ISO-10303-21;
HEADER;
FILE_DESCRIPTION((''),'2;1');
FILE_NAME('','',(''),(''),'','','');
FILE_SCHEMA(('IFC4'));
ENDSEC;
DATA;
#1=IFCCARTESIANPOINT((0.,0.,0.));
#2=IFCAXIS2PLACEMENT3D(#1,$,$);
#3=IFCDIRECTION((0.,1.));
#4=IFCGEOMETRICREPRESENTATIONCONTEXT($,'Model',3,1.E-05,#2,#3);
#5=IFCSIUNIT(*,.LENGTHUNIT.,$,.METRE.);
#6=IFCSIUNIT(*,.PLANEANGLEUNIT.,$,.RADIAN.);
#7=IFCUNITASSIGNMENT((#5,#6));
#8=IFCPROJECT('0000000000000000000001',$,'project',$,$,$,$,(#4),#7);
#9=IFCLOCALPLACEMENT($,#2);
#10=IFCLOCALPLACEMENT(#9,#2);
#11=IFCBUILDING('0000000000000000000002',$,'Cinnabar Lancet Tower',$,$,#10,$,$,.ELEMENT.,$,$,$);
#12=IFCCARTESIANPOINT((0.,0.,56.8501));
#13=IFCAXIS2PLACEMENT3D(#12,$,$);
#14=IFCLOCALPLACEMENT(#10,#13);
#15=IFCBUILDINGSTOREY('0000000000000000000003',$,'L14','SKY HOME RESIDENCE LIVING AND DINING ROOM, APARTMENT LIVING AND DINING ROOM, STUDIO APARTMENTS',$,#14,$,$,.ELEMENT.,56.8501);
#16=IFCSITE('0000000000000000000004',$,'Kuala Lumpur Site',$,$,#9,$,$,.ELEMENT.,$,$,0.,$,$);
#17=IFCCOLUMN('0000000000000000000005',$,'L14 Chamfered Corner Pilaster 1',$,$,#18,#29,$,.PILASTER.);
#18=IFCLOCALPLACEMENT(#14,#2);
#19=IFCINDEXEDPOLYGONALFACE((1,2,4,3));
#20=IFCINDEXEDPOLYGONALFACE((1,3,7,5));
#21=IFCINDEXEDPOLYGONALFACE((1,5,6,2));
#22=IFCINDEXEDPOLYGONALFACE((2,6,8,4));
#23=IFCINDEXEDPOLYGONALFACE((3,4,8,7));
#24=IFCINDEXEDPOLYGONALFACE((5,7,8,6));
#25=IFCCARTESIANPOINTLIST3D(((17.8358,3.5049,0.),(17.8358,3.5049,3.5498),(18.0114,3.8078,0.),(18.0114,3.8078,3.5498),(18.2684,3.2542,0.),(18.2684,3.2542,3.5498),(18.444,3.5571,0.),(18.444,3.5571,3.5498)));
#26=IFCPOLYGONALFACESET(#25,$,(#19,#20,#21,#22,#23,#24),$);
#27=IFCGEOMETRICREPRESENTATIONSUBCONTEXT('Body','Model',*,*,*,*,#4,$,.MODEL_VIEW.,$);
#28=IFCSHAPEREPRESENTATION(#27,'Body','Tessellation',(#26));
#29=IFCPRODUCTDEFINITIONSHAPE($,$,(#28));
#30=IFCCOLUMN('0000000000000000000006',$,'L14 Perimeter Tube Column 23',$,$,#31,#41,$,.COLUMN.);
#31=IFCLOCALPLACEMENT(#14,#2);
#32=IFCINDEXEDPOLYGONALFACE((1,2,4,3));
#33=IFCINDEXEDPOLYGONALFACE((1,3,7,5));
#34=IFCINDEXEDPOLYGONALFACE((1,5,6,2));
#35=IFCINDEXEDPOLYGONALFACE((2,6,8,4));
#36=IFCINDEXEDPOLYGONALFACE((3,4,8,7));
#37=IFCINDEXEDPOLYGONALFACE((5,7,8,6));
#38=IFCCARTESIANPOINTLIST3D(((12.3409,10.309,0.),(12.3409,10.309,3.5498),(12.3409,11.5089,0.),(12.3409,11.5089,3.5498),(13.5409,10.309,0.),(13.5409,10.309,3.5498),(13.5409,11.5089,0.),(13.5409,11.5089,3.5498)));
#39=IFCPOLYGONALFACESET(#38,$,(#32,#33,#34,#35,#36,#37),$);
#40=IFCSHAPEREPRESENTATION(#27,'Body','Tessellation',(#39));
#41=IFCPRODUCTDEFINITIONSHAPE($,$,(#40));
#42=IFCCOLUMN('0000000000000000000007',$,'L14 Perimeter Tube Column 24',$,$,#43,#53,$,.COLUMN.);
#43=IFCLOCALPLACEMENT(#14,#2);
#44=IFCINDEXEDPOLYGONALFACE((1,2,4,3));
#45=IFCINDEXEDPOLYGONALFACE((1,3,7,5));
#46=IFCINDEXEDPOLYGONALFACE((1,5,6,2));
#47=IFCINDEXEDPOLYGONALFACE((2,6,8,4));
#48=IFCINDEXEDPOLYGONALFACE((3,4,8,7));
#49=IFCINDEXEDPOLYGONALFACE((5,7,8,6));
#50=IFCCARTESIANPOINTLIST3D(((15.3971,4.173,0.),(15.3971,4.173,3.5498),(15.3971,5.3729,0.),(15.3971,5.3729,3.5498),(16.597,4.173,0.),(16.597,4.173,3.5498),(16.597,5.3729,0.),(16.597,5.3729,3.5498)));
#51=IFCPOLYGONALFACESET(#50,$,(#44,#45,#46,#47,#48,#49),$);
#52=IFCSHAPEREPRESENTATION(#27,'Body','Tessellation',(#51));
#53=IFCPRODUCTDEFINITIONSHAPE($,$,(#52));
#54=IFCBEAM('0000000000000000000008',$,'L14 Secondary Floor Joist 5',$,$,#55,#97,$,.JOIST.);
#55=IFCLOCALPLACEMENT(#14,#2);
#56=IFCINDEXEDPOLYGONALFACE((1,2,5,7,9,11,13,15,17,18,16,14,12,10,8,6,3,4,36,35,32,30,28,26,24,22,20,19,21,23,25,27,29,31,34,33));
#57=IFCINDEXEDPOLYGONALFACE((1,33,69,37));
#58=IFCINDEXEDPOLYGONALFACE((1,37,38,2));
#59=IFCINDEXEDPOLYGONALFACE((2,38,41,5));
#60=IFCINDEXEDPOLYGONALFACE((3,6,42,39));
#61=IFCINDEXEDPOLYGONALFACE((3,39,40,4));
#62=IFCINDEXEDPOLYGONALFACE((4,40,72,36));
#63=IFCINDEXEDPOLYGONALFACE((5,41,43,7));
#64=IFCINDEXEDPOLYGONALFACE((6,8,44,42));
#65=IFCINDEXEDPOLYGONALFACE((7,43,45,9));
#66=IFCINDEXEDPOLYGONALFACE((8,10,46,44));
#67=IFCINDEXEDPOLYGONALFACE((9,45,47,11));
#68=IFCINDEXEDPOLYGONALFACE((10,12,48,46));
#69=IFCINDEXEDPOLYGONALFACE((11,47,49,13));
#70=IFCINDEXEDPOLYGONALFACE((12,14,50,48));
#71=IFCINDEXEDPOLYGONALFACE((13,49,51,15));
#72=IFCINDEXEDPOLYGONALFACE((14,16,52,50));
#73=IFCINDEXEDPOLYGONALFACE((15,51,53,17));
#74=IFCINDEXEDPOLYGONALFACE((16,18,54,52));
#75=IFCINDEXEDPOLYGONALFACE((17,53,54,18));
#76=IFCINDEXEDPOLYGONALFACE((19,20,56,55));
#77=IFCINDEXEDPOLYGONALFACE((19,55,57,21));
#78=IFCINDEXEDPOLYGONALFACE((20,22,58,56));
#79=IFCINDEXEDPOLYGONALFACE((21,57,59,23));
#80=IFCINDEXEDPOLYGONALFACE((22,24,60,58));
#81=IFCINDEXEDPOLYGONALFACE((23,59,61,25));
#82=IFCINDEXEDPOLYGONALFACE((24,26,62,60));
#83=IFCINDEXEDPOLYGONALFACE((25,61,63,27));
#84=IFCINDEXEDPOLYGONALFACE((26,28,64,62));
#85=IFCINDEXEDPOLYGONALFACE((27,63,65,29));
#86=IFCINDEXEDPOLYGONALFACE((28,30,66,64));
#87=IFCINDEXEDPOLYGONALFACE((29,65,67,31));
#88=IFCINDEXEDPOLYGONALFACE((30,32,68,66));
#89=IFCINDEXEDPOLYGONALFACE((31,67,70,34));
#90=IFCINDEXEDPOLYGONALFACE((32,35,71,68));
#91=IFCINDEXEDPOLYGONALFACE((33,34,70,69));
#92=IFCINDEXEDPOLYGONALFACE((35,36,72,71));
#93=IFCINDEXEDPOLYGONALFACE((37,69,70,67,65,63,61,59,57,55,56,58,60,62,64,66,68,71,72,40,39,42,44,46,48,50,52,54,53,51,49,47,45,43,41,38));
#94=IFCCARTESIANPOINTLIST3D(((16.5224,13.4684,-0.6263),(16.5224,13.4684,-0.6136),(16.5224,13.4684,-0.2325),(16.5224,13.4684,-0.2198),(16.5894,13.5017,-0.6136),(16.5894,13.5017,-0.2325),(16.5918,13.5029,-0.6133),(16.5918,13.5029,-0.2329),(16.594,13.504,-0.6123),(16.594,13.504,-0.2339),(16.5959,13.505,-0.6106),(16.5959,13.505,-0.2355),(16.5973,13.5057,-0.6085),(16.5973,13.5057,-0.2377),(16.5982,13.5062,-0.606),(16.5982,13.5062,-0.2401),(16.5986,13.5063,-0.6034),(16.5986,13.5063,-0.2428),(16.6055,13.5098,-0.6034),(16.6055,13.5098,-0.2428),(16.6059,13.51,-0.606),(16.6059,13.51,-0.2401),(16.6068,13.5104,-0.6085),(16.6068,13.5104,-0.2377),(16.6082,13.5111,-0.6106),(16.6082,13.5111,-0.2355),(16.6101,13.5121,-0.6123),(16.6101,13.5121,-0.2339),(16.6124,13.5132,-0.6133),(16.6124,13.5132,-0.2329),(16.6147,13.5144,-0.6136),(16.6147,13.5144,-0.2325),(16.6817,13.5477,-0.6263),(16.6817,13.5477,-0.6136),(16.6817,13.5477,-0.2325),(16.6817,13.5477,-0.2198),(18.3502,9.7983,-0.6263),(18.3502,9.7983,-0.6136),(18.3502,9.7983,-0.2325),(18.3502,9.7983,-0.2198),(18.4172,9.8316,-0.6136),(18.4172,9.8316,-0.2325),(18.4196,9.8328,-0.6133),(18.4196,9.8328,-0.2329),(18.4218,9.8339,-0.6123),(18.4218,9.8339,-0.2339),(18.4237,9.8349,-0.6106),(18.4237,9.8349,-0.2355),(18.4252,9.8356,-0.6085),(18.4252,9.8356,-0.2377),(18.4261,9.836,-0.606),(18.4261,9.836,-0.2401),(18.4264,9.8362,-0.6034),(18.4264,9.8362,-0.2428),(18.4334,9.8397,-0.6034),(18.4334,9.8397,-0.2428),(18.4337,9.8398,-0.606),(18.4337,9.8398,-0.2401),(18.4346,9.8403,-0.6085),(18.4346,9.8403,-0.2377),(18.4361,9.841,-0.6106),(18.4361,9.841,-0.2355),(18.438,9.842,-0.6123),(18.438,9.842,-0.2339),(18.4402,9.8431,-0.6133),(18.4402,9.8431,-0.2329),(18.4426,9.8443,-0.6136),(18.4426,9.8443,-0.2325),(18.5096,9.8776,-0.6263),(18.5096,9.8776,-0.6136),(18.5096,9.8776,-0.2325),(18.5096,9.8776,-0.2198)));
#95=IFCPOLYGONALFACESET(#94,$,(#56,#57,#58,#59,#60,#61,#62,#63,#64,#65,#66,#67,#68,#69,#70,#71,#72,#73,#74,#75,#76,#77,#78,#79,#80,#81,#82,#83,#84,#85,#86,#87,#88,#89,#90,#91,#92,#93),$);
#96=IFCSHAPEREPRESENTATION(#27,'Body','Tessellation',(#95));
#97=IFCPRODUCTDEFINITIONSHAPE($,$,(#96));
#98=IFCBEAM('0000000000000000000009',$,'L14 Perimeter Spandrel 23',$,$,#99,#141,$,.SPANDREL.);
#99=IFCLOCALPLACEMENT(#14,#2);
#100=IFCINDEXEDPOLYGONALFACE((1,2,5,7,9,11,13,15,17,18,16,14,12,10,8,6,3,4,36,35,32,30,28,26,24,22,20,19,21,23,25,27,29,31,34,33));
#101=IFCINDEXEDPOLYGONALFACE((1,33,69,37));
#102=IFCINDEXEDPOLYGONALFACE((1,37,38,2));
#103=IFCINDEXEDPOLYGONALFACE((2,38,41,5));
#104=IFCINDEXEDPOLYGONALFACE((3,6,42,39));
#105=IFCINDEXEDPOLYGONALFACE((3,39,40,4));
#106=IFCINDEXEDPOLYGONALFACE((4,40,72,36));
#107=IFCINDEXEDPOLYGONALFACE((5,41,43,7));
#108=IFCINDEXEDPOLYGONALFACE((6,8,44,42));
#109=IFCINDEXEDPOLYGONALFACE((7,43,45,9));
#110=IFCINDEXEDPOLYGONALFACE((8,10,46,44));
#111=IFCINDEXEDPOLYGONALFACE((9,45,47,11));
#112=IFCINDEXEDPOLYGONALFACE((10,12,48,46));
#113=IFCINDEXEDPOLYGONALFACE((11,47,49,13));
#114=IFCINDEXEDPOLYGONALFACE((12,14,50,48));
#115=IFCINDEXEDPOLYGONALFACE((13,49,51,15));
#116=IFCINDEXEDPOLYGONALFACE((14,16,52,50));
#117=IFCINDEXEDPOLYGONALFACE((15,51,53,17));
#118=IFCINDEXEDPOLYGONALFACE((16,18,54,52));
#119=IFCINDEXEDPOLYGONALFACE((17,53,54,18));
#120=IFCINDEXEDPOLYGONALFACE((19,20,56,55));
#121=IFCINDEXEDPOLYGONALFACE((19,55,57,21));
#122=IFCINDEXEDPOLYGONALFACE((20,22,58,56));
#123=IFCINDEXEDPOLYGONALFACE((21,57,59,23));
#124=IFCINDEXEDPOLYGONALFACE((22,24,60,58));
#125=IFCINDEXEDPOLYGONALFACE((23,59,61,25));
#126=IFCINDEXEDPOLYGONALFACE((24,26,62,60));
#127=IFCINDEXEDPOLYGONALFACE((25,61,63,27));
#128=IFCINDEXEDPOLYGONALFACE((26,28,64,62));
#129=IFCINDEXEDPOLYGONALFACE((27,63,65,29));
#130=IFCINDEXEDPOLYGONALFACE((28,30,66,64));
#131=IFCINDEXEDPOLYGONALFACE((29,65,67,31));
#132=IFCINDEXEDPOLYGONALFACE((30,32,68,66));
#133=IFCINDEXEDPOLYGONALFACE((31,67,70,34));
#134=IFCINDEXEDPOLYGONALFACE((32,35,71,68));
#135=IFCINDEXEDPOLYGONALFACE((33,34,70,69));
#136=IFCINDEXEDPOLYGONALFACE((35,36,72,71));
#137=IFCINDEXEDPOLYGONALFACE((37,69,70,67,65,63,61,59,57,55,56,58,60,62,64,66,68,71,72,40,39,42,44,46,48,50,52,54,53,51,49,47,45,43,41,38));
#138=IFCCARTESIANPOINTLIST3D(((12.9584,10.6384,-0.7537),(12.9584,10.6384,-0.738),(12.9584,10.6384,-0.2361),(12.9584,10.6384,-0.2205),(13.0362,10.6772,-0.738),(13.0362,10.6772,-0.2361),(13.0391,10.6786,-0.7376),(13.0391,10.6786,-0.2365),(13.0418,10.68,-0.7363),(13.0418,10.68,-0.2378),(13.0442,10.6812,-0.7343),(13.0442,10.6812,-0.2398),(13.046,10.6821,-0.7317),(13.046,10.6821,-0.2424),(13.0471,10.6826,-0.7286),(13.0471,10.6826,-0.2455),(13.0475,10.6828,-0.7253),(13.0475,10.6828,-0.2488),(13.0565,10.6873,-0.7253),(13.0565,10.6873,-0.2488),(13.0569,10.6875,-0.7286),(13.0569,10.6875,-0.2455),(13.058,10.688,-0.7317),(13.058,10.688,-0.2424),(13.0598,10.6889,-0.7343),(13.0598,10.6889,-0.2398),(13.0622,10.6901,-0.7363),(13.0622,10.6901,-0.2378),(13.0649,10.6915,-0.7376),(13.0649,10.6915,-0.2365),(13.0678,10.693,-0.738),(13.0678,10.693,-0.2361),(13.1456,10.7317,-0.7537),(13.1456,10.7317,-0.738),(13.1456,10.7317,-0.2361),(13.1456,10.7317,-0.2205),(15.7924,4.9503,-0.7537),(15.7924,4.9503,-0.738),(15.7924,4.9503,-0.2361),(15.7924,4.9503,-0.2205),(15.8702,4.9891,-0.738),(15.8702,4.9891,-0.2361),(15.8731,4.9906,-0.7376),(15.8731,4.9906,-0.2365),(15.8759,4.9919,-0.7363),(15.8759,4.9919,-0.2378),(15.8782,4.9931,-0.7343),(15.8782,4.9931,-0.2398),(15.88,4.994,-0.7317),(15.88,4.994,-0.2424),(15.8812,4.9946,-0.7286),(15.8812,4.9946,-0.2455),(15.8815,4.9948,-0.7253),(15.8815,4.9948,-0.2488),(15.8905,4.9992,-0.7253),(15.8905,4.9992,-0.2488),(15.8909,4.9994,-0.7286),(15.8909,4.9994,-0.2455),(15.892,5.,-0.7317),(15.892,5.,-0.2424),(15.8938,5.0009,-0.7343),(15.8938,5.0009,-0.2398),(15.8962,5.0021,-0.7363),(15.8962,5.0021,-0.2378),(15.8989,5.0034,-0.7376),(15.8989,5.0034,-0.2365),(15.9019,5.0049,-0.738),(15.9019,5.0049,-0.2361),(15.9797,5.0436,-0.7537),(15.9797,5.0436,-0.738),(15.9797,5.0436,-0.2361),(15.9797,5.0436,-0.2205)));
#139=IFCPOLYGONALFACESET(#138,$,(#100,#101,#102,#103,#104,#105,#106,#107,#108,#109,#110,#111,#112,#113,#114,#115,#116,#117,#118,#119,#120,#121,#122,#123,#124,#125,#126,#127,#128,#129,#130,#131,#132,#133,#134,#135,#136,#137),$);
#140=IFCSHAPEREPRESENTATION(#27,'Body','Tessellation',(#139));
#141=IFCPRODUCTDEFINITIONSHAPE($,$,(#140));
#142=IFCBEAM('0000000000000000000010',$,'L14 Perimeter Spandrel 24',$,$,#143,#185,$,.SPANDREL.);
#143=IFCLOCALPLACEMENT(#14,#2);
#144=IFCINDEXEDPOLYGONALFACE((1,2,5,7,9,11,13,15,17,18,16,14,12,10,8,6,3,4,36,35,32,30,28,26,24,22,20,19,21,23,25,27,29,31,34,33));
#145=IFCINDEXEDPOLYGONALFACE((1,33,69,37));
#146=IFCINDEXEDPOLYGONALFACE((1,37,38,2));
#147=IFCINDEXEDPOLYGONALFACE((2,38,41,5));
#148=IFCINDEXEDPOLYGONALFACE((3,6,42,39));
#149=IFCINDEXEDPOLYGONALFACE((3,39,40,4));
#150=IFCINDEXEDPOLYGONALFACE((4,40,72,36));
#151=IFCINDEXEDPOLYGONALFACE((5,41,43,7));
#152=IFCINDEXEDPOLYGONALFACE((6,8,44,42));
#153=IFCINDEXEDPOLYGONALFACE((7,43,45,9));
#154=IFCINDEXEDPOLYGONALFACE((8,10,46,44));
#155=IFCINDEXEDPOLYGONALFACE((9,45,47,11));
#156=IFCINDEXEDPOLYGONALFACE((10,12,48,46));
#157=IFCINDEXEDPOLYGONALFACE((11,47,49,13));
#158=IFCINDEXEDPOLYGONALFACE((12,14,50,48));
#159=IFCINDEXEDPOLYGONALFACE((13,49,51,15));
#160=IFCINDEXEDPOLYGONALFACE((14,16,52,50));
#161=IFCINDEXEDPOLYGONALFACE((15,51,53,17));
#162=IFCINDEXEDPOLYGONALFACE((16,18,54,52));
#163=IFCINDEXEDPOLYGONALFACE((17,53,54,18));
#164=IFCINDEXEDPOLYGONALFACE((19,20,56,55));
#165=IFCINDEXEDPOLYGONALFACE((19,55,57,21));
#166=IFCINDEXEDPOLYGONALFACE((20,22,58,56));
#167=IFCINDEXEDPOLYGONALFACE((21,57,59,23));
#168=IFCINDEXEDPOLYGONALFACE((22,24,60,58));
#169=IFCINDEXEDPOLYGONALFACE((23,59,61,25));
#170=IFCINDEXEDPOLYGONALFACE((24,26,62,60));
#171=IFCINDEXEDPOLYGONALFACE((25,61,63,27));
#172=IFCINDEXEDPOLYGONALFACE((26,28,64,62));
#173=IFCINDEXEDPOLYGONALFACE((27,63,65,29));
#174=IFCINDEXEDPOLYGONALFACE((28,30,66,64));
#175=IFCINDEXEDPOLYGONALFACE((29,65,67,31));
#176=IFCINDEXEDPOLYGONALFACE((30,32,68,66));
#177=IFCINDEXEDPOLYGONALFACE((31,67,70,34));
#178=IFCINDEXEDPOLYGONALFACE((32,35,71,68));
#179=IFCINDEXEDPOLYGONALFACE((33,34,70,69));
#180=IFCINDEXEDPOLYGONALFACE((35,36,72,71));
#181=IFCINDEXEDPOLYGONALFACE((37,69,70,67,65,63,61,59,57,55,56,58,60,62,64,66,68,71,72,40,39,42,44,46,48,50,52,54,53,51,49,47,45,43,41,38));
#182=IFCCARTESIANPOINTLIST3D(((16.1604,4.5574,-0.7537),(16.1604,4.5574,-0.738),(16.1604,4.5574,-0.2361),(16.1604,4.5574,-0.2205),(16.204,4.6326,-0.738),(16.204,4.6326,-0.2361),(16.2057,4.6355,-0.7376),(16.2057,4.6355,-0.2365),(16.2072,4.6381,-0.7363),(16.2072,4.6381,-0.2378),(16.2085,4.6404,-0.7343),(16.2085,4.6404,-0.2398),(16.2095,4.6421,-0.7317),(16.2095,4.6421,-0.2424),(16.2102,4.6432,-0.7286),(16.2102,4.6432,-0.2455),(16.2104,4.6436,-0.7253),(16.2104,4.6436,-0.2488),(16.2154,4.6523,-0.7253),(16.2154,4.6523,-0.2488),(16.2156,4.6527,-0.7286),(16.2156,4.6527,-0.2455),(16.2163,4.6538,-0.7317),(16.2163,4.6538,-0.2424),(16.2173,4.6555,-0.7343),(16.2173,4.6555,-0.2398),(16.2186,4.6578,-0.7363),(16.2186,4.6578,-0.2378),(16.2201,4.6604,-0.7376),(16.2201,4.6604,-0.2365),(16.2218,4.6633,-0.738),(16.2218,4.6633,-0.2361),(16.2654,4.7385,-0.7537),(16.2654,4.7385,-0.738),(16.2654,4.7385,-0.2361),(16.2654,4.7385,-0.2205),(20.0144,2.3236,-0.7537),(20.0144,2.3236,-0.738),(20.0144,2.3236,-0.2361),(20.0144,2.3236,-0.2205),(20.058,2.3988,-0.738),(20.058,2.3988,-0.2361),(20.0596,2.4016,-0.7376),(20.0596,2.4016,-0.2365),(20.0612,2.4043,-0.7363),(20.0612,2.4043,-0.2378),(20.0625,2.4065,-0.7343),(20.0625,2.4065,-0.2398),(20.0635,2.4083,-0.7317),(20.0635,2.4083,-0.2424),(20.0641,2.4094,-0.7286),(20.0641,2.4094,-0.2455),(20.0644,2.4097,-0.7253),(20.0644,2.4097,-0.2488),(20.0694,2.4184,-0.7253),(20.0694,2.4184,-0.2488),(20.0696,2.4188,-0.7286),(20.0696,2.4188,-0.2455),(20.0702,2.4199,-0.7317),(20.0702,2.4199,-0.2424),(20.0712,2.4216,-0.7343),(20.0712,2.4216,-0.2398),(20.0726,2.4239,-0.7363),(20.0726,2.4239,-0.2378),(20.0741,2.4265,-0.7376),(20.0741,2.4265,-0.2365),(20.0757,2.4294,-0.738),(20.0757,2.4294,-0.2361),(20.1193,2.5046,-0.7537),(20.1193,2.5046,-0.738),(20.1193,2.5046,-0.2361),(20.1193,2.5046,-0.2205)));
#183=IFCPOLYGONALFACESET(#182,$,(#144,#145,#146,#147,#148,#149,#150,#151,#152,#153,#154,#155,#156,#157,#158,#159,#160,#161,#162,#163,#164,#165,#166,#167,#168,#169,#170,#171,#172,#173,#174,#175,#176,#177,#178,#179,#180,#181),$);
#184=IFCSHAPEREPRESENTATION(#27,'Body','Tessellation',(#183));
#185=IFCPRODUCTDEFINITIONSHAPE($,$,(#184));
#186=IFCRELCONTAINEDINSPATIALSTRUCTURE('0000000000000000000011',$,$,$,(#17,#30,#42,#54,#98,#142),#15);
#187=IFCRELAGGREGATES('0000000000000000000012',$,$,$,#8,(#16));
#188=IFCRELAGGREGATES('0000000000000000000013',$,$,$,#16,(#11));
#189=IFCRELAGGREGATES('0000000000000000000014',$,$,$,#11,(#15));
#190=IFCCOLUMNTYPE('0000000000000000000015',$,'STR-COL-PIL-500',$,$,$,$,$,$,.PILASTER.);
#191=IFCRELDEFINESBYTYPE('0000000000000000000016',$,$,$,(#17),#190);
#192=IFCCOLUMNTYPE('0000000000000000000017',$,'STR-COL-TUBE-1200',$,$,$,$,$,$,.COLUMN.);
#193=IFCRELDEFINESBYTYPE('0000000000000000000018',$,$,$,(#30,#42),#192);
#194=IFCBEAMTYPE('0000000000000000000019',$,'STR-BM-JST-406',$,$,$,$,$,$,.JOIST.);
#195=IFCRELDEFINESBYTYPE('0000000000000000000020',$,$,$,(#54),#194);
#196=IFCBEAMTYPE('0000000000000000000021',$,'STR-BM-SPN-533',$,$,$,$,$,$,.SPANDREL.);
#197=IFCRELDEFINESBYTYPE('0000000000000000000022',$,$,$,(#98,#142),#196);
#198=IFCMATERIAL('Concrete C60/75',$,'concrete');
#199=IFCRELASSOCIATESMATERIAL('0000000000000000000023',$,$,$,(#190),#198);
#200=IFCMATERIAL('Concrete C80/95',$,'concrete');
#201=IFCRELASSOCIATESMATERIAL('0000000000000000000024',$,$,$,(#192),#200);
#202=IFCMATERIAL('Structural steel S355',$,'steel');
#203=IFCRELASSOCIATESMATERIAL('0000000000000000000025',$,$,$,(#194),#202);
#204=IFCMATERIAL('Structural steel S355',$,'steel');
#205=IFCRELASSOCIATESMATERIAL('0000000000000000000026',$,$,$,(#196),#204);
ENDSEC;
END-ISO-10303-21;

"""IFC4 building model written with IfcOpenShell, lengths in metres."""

from ifc_helpers import new_model, si_unit, direction, frame, origin, origin_2d, place, context, subcontext, project, spatial, rectangle, i_section, extrude, material, material_profile, profile_set, type_object, element, save


model = new_model("IFC4")

# Units and contexts
model_context = context("Model", 3, precision=1e-05, world=origin(), true_north=direction((0.0, 1.0)))
body_context = subcontext(model_context, "Body", "Model", "MODEL_VIEW")
ifc_project = project(units=[si_unit("LENGTHUNIT", "METRE"), si_unit("PLANEANGLEUNIT", "RADIAN")], contexts=[model_context])

# Site, building, storey
site_placement = place(None, origin())
site = spatial("IfcSite", under=ifc_project, at=site_placement, Name="Kuala Lumpur Site", CompositionType="ELEMENT", RefElevation=0.0)
building_placement = place(site_placement, origin())
building = spatial("IfcBuilding", under=site, at=building_placement, Name="Cinnabar Lancet Tower", CompositionType="ELEMENT")
storey_placement = place(building_placement, frame((0.0, 0.0, 56.8501)))
storey = spatial("IfcBuildingStorey", under=building, at=storey_placement, Name="L14", Description="SKY HOME RESIDENCE LIVING AND DINING ROOM, APARTMENT LIVING AND DINING ROOM, STUDIO APARTMENTS", CompositionType="ELEMENT", Elevation=56.8501)

# Columns
ifc_material_1 = material(Name="Concrete C60/75", Category="concrete")
ifc_material_profile_1 = material_profile(ifc_material_1, rectangle(XDim=0.5, YDim=0.3501, at=origin_2d()), Name="RC-PIL 500x350")
ifc_profile_set_1 = profile_set([ifc_material_profile_1], Name="Concrete C60/75")
column_type_1 = type_object("IfcColumnType", Name="STR-COL-PIL-500", PredefinedType="PILASTER", material=ifc_profile_set_1)
column_placement = place(storey_placement, frame((18.1399, 3.531, 0.0), z_axis=(0.0, 0.0, 1.0), x_axis=(0.865195, -0.501435, 0.0)))
element("IfcColumn", 1, at=column_placement, inside=storey, type_object=column_type_1, Name="L14 Chamfered Corner Pilaster 1", PredefinedType="PILASTER", context=body_context, shape_type="SweptSolid", body=[
    extrude(rectangle(XDim=0.5, YDim=0.3501, at=origin_2d()), origin(), (0.0, 0.0, 1.0), 3.5498),
])
ifc_material_2 = material(Name="Concrete C80/95", Category="concrete")
ifc_material_profile_2 = material_profile(ifc_material_2, rectangle(XDim=1.2, YDim=1.2, at=origin_2d()), Name="RC-COL 1200x1200")
ifc_profile_set_2 = profile_set([ifc_material_profile_2], Name="Concrete C80/95")
column_type_2 = type_object("IfcColumnType", Name="STR-COL-TUBE-1200", PredefinedType="COLUMN", material=ifc_profile_set_2)
for number, where, z_axis, x_axis, name in (
    (2, (12.9409, 10.9089, 0.0), (0.0, 0.0, 1.0), (1.0, 0.0, 0.0), "L14 Perimeter Tube Column 23"),
    (3, (15.9971, 4.7729, 0.0), (0.0, 0.0, 1.0), (1.0, 0.0, 0.0), "L14 Perimeter Tube Column 24"),
):
    element("IfcColumn", number, at=place(storey_placement, frame(where, z_axis=z_axis, x_axis=x_axis)), inside=storey, type_object=column_type_2, Name=name, PredefinedType="COLUMN", context=body_context, shape_type="SweptSolid", body=[
        extrude(rectangle(XDim=1.2, YDim=1.2, at=origin_2d()), origin(), (0.0, 0.0, 1.0), 3.5498),
    ])

# Beams
ifc_material_3 = material(Name="Structural steel S355", Category="steel")
ifc_material_profile_3 = material_profile(ifc_material_3, i_section(OverallWidth=0.178, OverallDepth=0.4065, WebThickness=0.0078, FlangeThickness=0.0127, FilletRadius=0.0103, at=origin_2d()), Name="UKB 406x178x60")
ifc_profile_set_3 = profile_set([ifc_material_profile_3], Name="Structural steel S355")
beam_type_1 = type_object("IfcBeamType", Name="STR-BM-JST-406", PredefinedType="JOIST", material=ifc_profile_set_3)
beam_1_placement = place(storey_placement, frame((16.6021, 13.5081, -0.4231), z_axis=(0.445808, -0.895129, 0.0), x_axis=(0.895129, 0.445808, 0.0)))
element("IfcBeam", 4, at=beam_1_placement, inside=storey, type_object=beam_type_1, Name="L14 Secondary Floor Joist 5", PredefinedType="JOIST", context=body_context, shape_type="SweptSolid", body=[
    extrude(i_section(OverallWidth=0.178, OverallDepth=0.4065, WebThickness=0.0078, FlangeThickness=0.0127, FilletRadius=0.0103, at=origin_2d()), origin(), (0.0, 0.0, 1.0), 4.1001),
])
ifc_material_4 = material(Name="Structural steel S355", Category="steel")
ifc_material_profile_4 = material_profile(ifc_material_4, i_section(OverallWidth=0.2092, OverallDepth=0.5332, WebThickness=0.01, FlangeThickness=0.0156, FilletRadius=0.0127, at=origin_2d()), Name="UKB 533x210x92")
ifc_profile_set_4 = profile_set([ifc_material_profile_4], Name="Structural steel S355")
beam_type_2 = type_object("IfcBeamType", Name="STR-BM-SPN-533", PredefinedType="SPANDREL", material=ifc_profile_set_4)
beam_2_placement = place(storey_placement, frame((13.052, 10.6851, -0.4871), z_axis=(0.445953, -0.895056, 0.0), x_axis=(0.895056, 0.445953, 0.0)))
element("IfcBeam", 5, at=beam_2_placement, inside=storey, type_object=beam_type_2, Name="L14 Perimeter Spandrel 23", PredefinedType="SPANDREL", context=body_context, shape_type="SweptSolid", body=[
    extrude(i_section(OverallWidth=0.2092, OverallDepth=0.5332, WebThickness=0.01, FlangeThickness=0.0156, FilletRadius=0.0127, at=origin_2d()), origin(), (0.0, 0.0, 1.0), 6.355),
])
beam_3_placement = place(storey_placement, frame((16.2129, 4.6479, -0.4871), z_axis=(0.865171, -0.501477, 0.0), x_axis=(0.501477, 0.865171, 0.0)))
element("IfcBeam", 6, at=beam_3_placement, inside=storey, type_object=beam_type_2, Name="L14 Perimeter Spandrel 24", PredefinedType="SPANDREL", context=body_context, shape_type="SweptSolid", body=[
    extrude(i_section(OverallWidth=0.2092, OverallDepth=0.5332, WebThickness=0.01, FlangeThickness=0.0156, FilletRadius=0.0127, at=origin_2d()), origin(), (0.0, 0.0, 1.0), 4.4546),
])

save(model, "model.ifc")
